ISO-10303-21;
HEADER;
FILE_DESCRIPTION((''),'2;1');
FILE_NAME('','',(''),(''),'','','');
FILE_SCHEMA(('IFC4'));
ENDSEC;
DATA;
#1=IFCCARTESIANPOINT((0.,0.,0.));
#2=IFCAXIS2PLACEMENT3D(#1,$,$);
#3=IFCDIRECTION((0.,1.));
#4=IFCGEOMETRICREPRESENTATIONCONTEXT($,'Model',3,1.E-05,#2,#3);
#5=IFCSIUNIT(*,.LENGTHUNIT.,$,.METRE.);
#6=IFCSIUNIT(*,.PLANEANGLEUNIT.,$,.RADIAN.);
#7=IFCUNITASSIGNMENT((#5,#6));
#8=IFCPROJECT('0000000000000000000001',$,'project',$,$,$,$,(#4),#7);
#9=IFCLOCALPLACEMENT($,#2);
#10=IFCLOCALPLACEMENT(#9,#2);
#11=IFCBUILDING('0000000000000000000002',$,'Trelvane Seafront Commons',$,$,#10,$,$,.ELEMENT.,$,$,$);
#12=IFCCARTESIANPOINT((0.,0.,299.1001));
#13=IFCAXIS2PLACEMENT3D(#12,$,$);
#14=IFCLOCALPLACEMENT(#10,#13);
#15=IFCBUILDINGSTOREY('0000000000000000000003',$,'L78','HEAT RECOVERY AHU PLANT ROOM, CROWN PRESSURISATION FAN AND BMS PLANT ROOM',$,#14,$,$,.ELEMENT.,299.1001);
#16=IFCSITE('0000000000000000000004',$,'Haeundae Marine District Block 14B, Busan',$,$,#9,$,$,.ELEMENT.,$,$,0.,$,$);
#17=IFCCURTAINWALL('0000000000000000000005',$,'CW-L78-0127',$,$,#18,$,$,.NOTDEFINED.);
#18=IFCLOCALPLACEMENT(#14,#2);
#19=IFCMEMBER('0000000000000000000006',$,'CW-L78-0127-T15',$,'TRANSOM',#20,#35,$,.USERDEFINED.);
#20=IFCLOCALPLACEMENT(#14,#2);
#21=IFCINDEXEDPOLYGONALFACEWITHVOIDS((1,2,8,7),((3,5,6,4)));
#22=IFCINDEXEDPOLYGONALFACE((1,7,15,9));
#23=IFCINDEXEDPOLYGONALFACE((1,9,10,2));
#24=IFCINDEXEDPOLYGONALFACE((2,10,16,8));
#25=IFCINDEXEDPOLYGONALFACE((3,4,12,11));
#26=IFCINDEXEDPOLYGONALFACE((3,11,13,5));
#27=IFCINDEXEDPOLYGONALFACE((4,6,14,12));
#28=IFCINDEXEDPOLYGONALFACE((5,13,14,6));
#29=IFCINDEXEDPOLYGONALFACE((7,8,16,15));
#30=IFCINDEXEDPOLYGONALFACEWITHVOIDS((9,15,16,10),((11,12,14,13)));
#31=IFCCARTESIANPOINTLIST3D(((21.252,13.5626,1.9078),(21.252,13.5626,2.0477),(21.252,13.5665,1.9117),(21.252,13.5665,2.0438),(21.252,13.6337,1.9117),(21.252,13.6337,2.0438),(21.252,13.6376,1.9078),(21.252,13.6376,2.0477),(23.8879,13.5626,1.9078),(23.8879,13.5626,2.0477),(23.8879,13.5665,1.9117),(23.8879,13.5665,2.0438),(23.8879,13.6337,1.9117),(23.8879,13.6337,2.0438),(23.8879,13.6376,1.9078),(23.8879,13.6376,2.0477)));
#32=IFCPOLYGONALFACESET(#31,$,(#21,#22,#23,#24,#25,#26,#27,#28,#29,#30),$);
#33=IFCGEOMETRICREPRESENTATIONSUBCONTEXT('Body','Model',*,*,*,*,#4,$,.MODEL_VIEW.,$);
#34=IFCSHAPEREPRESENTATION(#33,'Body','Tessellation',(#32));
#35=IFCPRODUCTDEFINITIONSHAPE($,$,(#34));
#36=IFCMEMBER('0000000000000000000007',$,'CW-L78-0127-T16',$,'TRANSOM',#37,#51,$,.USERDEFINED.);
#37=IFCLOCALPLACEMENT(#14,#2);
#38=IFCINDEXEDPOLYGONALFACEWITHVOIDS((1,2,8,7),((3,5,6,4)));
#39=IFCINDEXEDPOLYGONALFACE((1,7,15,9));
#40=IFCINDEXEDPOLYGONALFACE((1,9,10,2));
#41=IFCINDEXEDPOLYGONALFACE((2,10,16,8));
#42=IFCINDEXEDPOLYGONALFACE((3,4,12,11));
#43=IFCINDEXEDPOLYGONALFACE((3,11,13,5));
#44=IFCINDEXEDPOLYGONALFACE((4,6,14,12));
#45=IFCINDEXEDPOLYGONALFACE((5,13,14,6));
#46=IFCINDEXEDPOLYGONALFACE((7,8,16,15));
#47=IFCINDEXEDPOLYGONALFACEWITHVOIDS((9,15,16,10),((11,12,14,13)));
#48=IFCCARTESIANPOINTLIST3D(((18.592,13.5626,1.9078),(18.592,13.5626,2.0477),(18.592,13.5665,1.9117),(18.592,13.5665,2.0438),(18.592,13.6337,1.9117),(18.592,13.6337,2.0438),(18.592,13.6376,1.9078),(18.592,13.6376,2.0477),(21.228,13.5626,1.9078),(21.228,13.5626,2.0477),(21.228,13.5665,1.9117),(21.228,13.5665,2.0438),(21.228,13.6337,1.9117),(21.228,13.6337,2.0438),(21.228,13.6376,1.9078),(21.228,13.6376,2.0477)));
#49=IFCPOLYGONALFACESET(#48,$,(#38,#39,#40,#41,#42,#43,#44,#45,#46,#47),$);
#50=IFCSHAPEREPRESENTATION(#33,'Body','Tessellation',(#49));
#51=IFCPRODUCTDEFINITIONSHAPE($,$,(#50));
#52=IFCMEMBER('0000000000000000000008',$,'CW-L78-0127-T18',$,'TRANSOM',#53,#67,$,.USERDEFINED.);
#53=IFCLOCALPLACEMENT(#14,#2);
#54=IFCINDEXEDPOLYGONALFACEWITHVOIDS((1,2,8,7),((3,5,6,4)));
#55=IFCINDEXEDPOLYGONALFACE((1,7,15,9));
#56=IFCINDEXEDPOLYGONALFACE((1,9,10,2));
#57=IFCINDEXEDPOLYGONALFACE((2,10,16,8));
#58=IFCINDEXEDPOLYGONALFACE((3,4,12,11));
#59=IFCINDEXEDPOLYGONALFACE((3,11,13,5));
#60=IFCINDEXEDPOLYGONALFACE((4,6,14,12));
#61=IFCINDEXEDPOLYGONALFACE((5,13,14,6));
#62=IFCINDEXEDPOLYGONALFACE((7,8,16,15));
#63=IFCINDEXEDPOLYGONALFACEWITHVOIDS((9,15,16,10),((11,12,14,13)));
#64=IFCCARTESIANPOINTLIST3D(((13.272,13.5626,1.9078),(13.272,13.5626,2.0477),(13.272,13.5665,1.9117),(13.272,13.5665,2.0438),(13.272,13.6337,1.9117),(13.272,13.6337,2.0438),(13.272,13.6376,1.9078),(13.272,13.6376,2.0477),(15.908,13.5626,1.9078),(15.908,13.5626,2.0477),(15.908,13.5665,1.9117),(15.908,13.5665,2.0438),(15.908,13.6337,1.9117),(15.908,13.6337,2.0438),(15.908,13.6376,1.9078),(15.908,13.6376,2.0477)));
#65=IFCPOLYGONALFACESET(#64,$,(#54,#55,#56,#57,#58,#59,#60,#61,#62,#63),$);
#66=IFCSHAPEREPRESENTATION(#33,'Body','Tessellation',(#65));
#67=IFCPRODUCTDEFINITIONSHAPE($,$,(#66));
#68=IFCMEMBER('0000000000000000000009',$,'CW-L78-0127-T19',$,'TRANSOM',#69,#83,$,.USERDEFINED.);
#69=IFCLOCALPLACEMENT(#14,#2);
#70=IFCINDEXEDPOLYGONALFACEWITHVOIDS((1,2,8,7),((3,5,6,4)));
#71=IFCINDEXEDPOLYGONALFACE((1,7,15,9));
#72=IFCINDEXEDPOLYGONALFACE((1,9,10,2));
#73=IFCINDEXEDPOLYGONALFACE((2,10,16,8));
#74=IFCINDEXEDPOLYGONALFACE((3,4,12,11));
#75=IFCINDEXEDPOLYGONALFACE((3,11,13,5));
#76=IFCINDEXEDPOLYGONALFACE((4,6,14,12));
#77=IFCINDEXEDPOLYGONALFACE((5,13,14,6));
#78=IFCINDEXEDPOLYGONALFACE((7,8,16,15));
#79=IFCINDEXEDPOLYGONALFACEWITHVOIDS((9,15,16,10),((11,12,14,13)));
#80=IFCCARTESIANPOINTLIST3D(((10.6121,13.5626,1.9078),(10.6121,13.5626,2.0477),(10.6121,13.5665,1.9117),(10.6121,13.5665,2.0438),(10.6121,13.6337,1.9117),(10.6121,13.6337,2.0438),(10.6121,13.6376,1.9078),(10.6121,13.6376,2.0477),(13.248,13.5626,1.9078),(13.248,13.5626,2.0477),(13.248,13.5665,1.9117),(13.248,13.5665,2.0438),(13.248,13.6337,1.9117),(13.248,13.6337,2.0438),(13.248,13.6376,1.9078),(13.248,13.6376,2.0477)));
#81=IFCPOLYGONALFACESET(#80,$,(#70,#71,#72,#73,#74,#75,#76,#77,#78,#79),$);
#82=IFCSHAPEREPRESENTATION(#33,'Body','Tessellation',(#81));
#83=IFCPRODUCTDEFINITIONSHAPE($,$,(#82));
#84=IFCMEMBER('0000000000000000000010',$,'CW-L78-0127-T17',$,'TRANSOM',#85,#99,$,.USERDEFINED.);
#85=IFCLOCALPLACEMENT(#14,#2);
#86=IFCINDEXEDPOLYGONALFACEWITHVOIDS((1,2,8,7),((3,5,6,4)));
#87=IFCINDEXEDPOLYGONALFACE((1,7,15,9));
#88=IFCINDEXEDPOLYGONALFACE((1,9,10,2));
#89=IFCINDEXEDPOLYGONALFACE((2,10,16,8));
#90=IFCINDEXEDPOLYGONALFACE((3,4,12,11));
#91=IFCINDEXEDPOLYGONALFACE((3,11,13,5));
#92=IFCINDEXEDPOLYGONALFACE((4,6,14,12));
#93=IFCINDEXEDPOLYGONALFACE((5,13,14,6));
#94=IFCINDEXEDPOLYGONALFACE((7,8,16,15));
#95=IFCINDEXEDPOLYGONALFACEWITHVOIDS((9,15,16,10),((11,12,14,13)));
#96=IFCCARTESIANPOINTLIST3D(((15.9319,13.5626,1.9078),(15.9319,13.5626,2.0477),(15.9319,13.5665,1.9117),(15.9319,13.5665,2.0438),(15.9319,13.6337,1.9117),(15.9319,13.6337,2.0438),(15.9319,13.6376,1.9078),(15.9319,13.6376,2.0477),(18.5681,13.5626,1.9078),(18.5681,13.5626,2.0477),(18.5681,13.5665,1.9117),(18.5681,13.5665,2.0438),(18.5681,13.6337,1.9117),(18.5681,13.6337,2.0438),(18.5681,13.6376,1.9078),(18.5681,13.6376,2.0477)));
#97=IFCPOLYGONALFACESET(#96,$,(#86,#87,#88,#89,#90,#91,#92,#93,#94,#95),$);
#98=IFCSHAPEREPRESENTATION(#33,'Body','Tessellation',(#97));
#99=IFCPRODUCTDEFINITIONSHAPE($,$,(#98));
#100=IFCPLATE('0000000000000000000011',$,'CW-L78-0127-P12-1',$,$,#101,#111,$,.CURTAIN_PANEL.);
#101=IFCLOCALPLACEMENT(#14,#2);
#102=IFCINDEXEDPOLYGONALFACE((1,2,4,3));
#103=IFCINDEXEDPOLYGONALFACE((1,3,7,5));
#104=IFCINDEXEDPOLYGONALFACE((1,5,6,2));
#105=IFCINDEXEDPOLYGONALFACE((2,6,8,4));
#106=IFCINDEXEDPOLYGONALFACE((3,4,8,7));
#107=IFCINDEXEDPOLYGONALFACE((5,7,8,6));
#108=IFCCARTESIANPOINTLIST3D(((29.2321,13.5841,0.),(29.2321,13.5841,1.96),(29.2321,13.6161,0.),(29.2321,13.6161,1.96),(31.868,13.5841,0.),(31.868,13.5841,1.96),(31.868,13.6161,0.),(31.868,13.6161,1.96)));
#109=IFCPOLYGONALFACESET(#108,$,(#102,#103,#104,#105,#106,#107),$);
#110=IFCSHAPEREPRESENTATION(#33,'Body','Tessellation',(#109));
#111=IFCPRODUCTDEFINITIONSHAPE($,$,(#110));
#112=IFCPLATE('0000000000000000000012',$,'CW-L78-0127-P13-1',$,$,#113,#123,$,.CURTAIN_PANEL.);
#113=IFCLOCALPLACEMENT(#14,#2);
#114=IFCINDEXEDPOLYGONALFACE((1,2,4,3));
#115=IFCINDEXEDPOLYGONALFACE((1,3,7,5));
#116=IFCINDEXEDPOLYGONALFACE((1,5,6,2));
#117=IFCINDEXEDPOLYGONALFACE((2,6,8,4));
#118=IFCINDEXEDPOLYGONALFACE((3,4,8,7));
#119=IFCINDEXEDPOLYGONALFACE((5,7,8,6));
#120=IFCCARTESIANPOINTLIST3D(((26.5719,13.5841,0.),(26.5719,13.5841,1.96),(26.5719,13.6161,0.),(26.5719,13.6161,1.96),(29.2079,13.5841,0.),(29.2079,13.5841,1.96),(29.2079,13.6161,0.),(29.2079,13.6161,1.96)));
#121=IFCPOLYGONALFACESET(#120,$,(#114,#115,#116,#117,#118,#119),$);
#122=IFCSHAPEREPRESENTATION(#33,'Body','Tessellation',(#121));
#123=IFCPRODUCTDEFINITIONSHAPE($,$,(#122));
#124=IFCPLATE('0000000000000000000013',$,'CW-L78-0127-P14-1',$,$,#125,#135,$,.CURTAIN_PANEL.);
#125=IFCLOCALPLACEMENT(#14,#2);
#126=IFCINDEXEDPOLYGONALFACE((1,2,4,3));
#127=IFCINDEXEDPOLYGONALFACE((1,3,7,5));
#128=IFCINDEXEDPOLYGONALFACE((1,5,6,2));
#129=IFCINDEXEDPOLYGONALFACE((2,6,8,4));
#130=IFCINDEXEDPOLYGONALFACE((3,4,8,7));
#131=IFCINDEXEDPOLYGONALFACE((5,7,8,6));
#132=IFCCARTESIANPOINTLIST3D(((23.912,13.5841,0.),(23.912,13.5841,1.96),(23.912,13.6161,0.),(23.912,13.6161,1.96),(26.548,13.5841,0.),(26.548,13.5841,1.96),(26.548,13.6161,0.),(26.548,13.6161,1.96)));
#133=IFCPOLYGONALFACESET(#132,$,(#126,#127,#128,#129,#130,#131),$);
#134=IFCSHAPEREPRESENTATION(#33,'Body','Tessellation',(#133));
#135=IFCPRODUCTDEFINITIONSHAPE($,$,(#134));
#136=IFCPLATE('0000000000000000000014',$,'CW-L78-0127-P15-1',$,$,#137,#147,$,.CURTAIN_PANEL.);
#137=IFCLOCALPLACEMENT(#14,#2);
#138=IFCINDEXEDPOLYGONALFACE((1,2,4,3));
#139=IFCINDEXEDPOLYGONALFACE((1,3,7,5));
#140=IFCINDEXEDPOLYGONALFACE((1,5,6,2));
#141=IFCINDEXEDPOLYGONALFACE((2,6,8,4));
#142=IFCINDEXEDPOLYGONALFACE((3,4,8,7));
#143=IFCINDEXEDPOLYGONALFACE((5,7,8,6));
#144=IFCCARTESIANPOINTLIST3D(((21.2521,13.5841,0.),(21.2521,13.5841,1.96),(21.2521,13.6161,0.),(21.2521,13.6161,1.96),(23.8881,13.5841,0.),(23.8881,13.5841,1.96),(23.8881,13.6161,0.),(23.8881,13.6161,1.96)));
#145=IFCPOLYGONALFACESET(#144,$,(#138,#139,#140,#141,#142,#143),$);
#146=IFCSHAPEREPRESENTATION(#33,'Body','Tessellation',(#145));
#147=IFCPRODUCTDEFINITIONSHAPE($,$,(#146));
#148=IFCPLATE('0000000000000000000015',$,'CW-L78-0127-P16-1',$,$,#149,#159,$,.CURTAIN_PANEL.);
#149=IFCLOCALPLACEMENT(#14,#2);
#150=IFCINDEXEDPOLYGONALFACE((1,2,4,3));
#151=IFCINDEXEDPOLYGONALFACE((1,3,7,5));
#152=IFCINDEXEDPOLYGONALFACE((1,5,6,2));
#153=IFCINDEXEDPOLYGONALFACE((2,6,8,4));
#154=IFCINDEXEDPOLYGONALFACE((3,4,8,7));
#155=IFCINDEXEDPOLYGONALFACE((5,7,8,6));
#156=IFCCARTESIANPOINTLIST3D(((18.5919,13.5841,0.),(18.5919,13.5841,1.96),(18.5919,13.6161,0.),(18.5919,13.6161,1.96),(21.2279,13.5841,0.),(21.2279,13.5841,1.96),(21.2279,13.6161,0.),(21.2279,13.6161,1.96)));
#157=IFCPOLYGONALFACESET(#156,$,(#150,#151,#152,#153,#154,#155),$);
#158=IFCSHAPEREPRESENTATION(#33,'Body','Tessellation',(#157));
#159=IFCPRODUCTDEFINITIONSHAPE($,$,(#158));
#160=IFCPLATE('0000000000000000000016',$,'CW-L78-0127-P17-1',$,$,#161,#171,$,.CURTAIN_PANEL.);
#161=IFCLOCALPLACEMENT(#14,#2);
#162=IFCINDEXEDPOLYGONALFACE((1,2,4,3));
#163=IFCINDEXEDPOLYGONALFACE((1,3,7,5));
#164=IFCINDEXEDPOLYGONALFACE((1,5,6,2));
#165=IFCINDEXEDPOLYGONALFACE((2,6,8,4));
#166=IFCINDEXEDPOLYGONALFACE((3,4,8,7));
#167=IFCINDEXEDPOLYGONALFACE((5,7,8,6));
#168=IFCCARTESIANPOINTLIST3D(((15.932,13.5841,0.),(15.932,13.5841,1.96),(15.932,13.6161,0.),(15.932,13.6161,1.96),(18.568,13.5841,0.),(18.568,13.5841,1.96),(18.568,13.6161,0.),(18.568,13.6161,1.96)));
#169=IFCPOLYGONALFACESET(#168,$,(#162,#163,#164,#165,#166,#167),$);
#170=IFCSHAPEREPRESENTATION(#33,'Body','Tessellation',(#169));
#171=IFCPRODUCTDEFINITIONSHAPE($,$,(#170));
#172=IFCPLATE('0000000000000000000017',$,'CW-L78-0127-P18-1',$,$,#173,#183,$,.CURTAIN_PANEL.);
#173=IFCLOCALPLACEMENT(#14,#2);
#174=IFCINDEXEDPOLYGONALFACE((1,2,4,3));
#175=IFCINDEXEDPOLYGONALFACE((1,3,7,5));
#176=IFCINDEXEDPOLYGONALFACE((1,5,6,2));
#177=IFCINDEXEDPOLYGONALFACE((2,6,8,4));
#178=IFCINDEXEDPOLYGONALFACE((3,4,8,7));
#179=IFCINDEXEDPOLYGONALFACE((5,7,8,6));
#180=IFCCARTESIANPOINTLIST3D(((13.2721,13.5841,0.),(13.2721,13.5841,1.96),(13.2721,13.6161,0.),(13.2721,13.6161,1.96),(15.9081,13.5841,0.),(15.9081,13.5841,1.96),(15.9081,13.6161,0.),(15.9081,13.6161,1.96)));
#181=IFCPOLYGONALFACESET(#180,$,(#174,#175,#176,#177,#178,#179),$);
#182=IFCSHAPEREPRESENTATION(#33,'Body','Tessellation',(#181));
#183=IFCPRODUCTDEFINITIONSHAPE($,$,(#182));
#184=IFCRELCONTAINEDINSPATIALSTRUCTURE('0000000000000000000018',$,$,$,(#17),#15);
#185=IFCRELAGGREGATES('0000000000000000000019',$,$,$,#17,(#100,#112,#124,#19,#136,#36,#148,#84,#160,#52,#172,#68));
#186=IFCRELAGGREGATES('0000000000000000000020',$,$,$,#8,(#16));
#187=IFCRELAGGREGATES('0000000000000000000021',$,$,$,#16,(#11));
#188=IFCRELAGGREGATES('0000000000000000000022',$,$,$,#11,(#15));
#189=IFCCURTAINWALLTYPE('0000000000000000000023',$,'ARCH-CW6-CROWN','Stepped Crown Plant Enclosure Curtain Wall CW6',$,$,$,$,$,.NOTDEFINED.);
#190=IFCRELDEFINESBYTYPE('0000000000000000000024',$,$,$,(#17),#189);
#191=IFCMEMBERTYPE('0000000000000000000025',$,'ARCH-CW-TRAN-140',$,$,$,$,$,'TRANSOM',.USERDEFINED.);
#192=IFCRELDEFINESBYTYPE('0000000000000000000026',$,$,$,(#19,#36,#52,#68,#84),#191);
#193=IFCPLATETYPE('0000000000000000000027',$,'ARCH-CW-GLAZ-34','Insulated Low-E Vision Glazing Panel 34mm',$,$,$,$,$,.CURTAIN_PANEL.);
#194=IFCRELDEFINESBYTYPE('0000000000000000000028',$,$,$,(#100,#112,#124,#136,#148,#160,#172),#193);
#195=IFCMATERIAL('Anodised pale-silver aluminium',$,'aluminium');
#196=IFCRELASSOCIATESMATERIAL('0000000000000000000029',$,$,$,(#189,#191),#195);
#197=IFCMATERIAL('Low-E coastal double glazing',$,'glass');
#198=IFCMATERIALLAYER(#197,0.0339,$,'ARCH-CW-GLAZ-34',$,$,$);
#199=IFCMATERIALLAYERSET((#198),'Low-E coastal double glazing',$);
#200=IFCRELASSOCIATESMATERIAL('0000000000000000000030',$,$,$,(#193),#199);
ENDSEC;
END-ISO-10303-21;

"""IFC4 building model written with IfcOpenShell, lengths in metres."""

from ifc_helpers import new_model, si_unit, direction, frame, origin, origin_2d, place, context, subcontext, project, spatial, rectangle, hollow_rectangle, extrude, source, transform, mapped, material, layer, layer_set, material_profile, profile_set, type_object, element, aggregate, save


model = new_model("IFC4")

# Units and contexts
model_context = context("Model", 3, precision=1e-05, world=origin(), true_north=direction((0.0, 1.0)))
body_context = subcontext(model_context, "Body", "Model", "MODEL_VIEW")
ifc_project = project(units=[si_unit("LENGTHUNIT", "METRE"), si_unit("PLANEANGLEUNIT", "RADIAN")], contexts=[model_context])

# Site, building, storey
site_placement = place(None, origin())
site = spatial("IfcSite", under=ifc_project, at=site_placement, Name="Haeundae Marine District Block 14B, Busan", CompositionType="ELEMENT", RefElevation=0.0)
building_placement = place(site_placement, origin())
building = spatial("IfcBuilding", under=site, at=building_placement, Name="Trelvane Seafront Commons", CompositionType="ELEMENT")
storey_placement = place(building_placement, frame((0.0, 0.0, 299.1001)))
storey = spatial("IfcBuildingStorey", under=building, at=storey_placement, Name="L78", Description="HEAT RECOVERY AHU PLANT ROOM, CROWN PRESSURISATION FAN AND BMS PLANT ROOM", CompositionType="ELEMENT", Elevation=299.1001)

# Curtain wall, members, plates
ifc_material_1 = material(Name="Anodised pale-silver aluminium", Category="aluminium")
curtain_wall_type = type_object("IfcCurtainWallType", Name="ARCH-CW6-CROWN", Description="Stepped Crown Plant Enclosure Curtain Wall CW6", PredefinedType="NOTDEFINED", material=ifc_material_1)
curtain_wall_placement = place(storey_placement, origin())
curtain_wall = element("IfcCurtainWall", 1, at=curtain_wall_placement, inside=storey, type_object=curtain_wall_type, Name="CW-L78-0127", PredefinedType="NOTDEFINED")
ifc_material_profile_1 = material_profile(ifc_material_1, hollow_rectangle(XDim=0.075, YDim=0.1399, WallThickness=0.0039, at=origin_2d()), Name="TRAN-75x140x4")
ifc_profile_set_1 = profile_set([ifc_material_profile_1], Name="Anodised pale-silver aluminium")
member_type_1 = type_object("IfcMemberType", Name="ARCH-CW-TRAN-140", ElementType="TRANSOM", PredefinedType="USERDEFINED", material=ifc_profile_set_1)
shared_shape_1 = source(origin(), body_context, "Body", "SweptSolid", [
    extrude(hollow_rectangle(XDim=0.075, YDim=0.1399, WallThickness=0.0039, at=origin_2d()), origin(), (0.0, 0.0, 1.0), 2.636),
])
member_1_placement = place(storey_placement, frame((23.8879, 13.6001, 1.9778), z_axis=(-1.0, 0.0, 0.0), x_axis=(0.0, -1.0, 0.0)))
member_1 = element("IfcMember", 2, at=member_1_placement, type_object=member_type_1, Name="CW-L78-0127-T15", ObjectType="TRANSOM", PredefinedType="USERDEFINED", context=body_context, shape_type="MappedRepresentation", body=[
    mapped(shared_shape_1, transform((0.0, 0.0, 0.0), x_axis=(1.0, 0.0, 0.0), y_axis=(0.0, 1.0, 0.0), z_axis=(0.0, 0.0, 1.0), scale=1.0)),
])
member_2_placement = place(storey_placement, frame((21.228, 13.6001, 1.9778), z_axis=(-1.0, 0.0, 0.0), x_axis=(0.0, -1.0, 0.0)))
member_2 = element("IfcMember", 3, at=member_2_placement, type_object=member_type_1, Name="CW-L78-0127-T16", ObjectType="TRANSOM", PredefinedType="USERDEFINED", context=body_context, shape_type="MappedRepresentation", body=[
    mapped(shared_shape_1, transform((0.0, 0.0, 0.0), x_axis=(1.0, 0.0, 0.0), y_axis=(0.0, 1.0, 0.0), z_axis=(0.0, 0.0, 1.0), scale=1.0)),
])
member_3_placement = place(storey_placement, frame((15.908, 13.6001, 1.9778), z_axis=(-1.0, 0.0, 0.0), x_axis=(0.0, -1.0, 0.0)))
member_3 = element("IfcMember", 4, at=member_3_placement, type_object=member_type_1, Name="CW-L78-0127-T18", ObjectType="TRANSOM", PredefinedType="USERDEFINED", context=body_context, shape_type="MappedRepresentation", body=[
    mapped(shared_shape_1, transform((0.0, 0.0, 0.0), x_axis=(1.0, 0.0, 0.0), y_axis=(0.0, 1.0, 0.0), z_axis=(0.0, 0.0, 1.0), scale=1.0)),
])
member_4_placement = place(storey_placement, frame((13.248, 13.6001, 1.9778), z_axis=(-1.0, 0.0, 0.0), x_axis=(0.0, -1.0, 0.0)))
member_4 = element("IfcMember", 5, at=member_4_placement, type_object=member_type_1, Name="CW-L78-0127-T19", ObjectType="TRANSOM", PredefinedType="USERDEFINED", context=body_context, shape_type="MappedRepresentation", body=[
    mapped(shared_shape_1, transform((0.0, 0.0, 0.0), x_axis=(1.0, 0.0, 0.0), y_axis=(0.0, 1.0, 0.0), z_axis=(0.0, 0.0, 1.0), scale=1.0)),
])
shared_shape_2 = source(origin(), body_context, "Body", "SweptSolid", [
    extrude(hollow_rectangle(XDim=0.075, YDim=0.1399, WallThickness=0.0039, at=origin_2d()), origin(), (0.0, 0.0, 1.0), 2.6362),
])
member_5_placement = place(storey_placement, frame((18.5681, 13.6001, 1.9778), z_axis=(-1.0, 0.0, 0.0), x_axis=(0.0, -1.0, 0.0)))
member_5 = element("IfcMember", 6, at=member_5_placement, type_object=member_type_1, Name="CW-L78-0127-T17", ObjectType="TRANSOM", PredefinedType="USERDEFINED", context=body_context, shape_type="MappedRepresentation", body=[
    mapped(shared_shape_2, transform((0.0, 0.0, 0.0), x_axis=(1.0, 0.0, 0.0), y_axis=(0.0, 1.0, 0.0), z_axis=(0.0, 0.0, 1.0), scale=1.0)),
])
ifc_material_2 = material(Name="Low-E coastal double glazing", Category="glass")
ifc_layer_1 = layer(ifc_material_2, 0.0339, Name="ARCH-CW-GLAZ-34")
ifc_layer_set_1 = layer_set([ifc_layer_1], Name="Low-E coastal double glazing")
plate_type = type_object("IfcPlateType", Name="ARCH-CW-GLAZ-34", Description="Insulated Low-E Vision Glazing Panel 34mm", PredefinedType="CURTAIN_PANEL", material=ifc_layer_set_1)
shared_shape_3 = source(origin(), body_context, "Body", "SweptSolid", [
    extrude(rectangle(XDim=2.636, YDim=0.032, at=origin_2d()), origin(), (0.0, 0.0, 1.0), 1.96),
])
plate_1_placement = place(storey_placement, frame((30.55, 13.6001, 0.0), z_axis=(0.0, 0.0, 1.0), x_axis=(-1.0, 0.0, 0.0)))
plate_1 = element("IfcPlate", 7, at=plate_1_placement, type_object=plate_type, Name="CW-L78-0127-P12-1", PredefinedType="CURTAIN_PANEL", context=body_context, shape_type="MappedRepresentation", body=[
    mapped(shared_shape_3, transform((0.0, 0.0, 0.0), x_axis=(1.0, 0.0, 0.0), y_axis=(0.0, 1.0, 0.0), z_axis=(0.0, 0.0, 1.0), scale=1.0)),
])
plate_2_placement = place(storey_placement, frame((27.8899, 13.6001, 0.0), z_axis=(0.0, 0.0, 1.0), x_axis=(-1.0, 0.0, 0.0)))
plate_2 = element("IfcPlate", 8, at=plate_2_placement, type_object=plate_type, Name="CW-L78-0127-P13-1", PredefinedType="CURTAIN_PANEL", context=body_context, shape_type="MappedRepresentation", body=[
    mapped(shared_shape_3, transform((0.0, 0.0, 0.0), x_axis=(1.0, 0.0, 0.0), y_axis=(0.0, 1.0, 0.0), z_axis=(0.0, 0.0, 1.0), scale=1.0)),
])
plate_3_placement = place(storey_placement, frame((25.23, 13.6001, 0.0), z_axis=(0.0, 0.0, 1.0), x_axis=(-1.0, 0.0, 0.0)))
plate_3 = element("IfcPlate", 9, at=plate_3_placement, type_object=plate_type, Name="CW-L78-0127-P14-1", PredefinedType="CURTAIN_PANEL", context=body_context, shape_type="MappedRepresentation", body=[
    mapped(shared_shape_3, transform((0.0, 0.0, 0.0), x_axis=(1.0, 0.0, 0.0), y_axis=(0.0, 1.0, 0.0), z_axis=(0.0, 0.0, 1.0), scale=1.0)),
])
plate_4_placement = place(storey_placement, frame((22.5701, 13.6001, 0.0), z_axis=(0.0, 0.0, 1.0), x_axis=(-1.0, 0.0, 0.0)))
plate_4 = element("IfcPlate", 10, at=plate_4_placement, type_object=plate_type, Name="CW-L78-0127-P15-1", PredefinedType="CURTAIN_PANEL", context=body_context, shape_type="MappedRepresentation", body=[
    mapped(shared_shape_3, transform((0.0, 0.0, 0.0), x_axis=(1.0, 0.0, 0.0), y_axis=(0.0, 1.0, 0.0), z_axis=(0.0, 0.0, 1.0), scale=1.0)),
])
plate_5_placement = place(storey_placement, frame((19.9099, 13.6001, 0.0), z_axis=(0.0, 0.0, 1.0), x_axis=(-1.0, 0.0, 0.0)))
plate_5 = element("IfcPlate", 11, at=plate_5_placement, type_object=plate_type, Name="CW-L78-0127-P16-1", PredefinedType="CURTAIN_PANEL", context=body_context, shape_type="MappedRepresentation", body=[
    mapped(shared_shape_3, transform((0.0, 0.0, 0.0), x_axis=(1.0, 0.0, 0.0), y_axis=(0.0, 1.0, 0.0), z_axis=(0.0, 0.0, 1.0), scale=1.0)),
])
plate_6_placement = place(storey_placement, frame((17.25, 13.6001, 0.0), z_axis=(0.0, 0.0, 1.0), x_axis=(-1.0, 0.0, 0.0)))
plate_6 = element("IfcPlate", 12, at=plate_6_placement, type_object=plate_type, Name="CW-L78-0127-P17-1", PredefinedType="CURTAIN_PANEL", context=body_context, shape_type="MappedRepresentation", body=[
    mapped(shared_shape_3, transform((0.0, 0.0, 0.0), x_axis=(1.0, 0.0, 0.0), y_axis=(0.0, 1.0, 0.0), z_axis=(0.0, 0.0, 1.0), scale=1.0)),
])
plate_7_placement = place(storey_placement, frame((14.5901, 13.6001, 0.0), z_axis=(0.0, 0.0, 1.0), x_axis=(-1.0, 0.0, 0.0)))
plate_7 = element("IfcPlate", 13, at=plate_7_placement, type_object=plate_type, Name="CW-L78-0127-P18-1", PredefinedType="CURTAIN_PANEL", context=body_context, shape_type="MappedRepresentation", body=[
    mapped(shared_shape_3, transform((0.0, 0.0, 0.0), x_axis=(1.0, 0.0, 0.0), y_axis=(0.0, 1.0, 0.0), z_axis=(0.0, 0.0, 1.0), scale=1.0)),
])
aggregate(curtain_wall, [plate_1, plate_2, plate_3, member_1, plate_4, member_2, plate_5, member_5, plate_6, member_3, plate_7, member_4])

save(model, "model.ifc")
